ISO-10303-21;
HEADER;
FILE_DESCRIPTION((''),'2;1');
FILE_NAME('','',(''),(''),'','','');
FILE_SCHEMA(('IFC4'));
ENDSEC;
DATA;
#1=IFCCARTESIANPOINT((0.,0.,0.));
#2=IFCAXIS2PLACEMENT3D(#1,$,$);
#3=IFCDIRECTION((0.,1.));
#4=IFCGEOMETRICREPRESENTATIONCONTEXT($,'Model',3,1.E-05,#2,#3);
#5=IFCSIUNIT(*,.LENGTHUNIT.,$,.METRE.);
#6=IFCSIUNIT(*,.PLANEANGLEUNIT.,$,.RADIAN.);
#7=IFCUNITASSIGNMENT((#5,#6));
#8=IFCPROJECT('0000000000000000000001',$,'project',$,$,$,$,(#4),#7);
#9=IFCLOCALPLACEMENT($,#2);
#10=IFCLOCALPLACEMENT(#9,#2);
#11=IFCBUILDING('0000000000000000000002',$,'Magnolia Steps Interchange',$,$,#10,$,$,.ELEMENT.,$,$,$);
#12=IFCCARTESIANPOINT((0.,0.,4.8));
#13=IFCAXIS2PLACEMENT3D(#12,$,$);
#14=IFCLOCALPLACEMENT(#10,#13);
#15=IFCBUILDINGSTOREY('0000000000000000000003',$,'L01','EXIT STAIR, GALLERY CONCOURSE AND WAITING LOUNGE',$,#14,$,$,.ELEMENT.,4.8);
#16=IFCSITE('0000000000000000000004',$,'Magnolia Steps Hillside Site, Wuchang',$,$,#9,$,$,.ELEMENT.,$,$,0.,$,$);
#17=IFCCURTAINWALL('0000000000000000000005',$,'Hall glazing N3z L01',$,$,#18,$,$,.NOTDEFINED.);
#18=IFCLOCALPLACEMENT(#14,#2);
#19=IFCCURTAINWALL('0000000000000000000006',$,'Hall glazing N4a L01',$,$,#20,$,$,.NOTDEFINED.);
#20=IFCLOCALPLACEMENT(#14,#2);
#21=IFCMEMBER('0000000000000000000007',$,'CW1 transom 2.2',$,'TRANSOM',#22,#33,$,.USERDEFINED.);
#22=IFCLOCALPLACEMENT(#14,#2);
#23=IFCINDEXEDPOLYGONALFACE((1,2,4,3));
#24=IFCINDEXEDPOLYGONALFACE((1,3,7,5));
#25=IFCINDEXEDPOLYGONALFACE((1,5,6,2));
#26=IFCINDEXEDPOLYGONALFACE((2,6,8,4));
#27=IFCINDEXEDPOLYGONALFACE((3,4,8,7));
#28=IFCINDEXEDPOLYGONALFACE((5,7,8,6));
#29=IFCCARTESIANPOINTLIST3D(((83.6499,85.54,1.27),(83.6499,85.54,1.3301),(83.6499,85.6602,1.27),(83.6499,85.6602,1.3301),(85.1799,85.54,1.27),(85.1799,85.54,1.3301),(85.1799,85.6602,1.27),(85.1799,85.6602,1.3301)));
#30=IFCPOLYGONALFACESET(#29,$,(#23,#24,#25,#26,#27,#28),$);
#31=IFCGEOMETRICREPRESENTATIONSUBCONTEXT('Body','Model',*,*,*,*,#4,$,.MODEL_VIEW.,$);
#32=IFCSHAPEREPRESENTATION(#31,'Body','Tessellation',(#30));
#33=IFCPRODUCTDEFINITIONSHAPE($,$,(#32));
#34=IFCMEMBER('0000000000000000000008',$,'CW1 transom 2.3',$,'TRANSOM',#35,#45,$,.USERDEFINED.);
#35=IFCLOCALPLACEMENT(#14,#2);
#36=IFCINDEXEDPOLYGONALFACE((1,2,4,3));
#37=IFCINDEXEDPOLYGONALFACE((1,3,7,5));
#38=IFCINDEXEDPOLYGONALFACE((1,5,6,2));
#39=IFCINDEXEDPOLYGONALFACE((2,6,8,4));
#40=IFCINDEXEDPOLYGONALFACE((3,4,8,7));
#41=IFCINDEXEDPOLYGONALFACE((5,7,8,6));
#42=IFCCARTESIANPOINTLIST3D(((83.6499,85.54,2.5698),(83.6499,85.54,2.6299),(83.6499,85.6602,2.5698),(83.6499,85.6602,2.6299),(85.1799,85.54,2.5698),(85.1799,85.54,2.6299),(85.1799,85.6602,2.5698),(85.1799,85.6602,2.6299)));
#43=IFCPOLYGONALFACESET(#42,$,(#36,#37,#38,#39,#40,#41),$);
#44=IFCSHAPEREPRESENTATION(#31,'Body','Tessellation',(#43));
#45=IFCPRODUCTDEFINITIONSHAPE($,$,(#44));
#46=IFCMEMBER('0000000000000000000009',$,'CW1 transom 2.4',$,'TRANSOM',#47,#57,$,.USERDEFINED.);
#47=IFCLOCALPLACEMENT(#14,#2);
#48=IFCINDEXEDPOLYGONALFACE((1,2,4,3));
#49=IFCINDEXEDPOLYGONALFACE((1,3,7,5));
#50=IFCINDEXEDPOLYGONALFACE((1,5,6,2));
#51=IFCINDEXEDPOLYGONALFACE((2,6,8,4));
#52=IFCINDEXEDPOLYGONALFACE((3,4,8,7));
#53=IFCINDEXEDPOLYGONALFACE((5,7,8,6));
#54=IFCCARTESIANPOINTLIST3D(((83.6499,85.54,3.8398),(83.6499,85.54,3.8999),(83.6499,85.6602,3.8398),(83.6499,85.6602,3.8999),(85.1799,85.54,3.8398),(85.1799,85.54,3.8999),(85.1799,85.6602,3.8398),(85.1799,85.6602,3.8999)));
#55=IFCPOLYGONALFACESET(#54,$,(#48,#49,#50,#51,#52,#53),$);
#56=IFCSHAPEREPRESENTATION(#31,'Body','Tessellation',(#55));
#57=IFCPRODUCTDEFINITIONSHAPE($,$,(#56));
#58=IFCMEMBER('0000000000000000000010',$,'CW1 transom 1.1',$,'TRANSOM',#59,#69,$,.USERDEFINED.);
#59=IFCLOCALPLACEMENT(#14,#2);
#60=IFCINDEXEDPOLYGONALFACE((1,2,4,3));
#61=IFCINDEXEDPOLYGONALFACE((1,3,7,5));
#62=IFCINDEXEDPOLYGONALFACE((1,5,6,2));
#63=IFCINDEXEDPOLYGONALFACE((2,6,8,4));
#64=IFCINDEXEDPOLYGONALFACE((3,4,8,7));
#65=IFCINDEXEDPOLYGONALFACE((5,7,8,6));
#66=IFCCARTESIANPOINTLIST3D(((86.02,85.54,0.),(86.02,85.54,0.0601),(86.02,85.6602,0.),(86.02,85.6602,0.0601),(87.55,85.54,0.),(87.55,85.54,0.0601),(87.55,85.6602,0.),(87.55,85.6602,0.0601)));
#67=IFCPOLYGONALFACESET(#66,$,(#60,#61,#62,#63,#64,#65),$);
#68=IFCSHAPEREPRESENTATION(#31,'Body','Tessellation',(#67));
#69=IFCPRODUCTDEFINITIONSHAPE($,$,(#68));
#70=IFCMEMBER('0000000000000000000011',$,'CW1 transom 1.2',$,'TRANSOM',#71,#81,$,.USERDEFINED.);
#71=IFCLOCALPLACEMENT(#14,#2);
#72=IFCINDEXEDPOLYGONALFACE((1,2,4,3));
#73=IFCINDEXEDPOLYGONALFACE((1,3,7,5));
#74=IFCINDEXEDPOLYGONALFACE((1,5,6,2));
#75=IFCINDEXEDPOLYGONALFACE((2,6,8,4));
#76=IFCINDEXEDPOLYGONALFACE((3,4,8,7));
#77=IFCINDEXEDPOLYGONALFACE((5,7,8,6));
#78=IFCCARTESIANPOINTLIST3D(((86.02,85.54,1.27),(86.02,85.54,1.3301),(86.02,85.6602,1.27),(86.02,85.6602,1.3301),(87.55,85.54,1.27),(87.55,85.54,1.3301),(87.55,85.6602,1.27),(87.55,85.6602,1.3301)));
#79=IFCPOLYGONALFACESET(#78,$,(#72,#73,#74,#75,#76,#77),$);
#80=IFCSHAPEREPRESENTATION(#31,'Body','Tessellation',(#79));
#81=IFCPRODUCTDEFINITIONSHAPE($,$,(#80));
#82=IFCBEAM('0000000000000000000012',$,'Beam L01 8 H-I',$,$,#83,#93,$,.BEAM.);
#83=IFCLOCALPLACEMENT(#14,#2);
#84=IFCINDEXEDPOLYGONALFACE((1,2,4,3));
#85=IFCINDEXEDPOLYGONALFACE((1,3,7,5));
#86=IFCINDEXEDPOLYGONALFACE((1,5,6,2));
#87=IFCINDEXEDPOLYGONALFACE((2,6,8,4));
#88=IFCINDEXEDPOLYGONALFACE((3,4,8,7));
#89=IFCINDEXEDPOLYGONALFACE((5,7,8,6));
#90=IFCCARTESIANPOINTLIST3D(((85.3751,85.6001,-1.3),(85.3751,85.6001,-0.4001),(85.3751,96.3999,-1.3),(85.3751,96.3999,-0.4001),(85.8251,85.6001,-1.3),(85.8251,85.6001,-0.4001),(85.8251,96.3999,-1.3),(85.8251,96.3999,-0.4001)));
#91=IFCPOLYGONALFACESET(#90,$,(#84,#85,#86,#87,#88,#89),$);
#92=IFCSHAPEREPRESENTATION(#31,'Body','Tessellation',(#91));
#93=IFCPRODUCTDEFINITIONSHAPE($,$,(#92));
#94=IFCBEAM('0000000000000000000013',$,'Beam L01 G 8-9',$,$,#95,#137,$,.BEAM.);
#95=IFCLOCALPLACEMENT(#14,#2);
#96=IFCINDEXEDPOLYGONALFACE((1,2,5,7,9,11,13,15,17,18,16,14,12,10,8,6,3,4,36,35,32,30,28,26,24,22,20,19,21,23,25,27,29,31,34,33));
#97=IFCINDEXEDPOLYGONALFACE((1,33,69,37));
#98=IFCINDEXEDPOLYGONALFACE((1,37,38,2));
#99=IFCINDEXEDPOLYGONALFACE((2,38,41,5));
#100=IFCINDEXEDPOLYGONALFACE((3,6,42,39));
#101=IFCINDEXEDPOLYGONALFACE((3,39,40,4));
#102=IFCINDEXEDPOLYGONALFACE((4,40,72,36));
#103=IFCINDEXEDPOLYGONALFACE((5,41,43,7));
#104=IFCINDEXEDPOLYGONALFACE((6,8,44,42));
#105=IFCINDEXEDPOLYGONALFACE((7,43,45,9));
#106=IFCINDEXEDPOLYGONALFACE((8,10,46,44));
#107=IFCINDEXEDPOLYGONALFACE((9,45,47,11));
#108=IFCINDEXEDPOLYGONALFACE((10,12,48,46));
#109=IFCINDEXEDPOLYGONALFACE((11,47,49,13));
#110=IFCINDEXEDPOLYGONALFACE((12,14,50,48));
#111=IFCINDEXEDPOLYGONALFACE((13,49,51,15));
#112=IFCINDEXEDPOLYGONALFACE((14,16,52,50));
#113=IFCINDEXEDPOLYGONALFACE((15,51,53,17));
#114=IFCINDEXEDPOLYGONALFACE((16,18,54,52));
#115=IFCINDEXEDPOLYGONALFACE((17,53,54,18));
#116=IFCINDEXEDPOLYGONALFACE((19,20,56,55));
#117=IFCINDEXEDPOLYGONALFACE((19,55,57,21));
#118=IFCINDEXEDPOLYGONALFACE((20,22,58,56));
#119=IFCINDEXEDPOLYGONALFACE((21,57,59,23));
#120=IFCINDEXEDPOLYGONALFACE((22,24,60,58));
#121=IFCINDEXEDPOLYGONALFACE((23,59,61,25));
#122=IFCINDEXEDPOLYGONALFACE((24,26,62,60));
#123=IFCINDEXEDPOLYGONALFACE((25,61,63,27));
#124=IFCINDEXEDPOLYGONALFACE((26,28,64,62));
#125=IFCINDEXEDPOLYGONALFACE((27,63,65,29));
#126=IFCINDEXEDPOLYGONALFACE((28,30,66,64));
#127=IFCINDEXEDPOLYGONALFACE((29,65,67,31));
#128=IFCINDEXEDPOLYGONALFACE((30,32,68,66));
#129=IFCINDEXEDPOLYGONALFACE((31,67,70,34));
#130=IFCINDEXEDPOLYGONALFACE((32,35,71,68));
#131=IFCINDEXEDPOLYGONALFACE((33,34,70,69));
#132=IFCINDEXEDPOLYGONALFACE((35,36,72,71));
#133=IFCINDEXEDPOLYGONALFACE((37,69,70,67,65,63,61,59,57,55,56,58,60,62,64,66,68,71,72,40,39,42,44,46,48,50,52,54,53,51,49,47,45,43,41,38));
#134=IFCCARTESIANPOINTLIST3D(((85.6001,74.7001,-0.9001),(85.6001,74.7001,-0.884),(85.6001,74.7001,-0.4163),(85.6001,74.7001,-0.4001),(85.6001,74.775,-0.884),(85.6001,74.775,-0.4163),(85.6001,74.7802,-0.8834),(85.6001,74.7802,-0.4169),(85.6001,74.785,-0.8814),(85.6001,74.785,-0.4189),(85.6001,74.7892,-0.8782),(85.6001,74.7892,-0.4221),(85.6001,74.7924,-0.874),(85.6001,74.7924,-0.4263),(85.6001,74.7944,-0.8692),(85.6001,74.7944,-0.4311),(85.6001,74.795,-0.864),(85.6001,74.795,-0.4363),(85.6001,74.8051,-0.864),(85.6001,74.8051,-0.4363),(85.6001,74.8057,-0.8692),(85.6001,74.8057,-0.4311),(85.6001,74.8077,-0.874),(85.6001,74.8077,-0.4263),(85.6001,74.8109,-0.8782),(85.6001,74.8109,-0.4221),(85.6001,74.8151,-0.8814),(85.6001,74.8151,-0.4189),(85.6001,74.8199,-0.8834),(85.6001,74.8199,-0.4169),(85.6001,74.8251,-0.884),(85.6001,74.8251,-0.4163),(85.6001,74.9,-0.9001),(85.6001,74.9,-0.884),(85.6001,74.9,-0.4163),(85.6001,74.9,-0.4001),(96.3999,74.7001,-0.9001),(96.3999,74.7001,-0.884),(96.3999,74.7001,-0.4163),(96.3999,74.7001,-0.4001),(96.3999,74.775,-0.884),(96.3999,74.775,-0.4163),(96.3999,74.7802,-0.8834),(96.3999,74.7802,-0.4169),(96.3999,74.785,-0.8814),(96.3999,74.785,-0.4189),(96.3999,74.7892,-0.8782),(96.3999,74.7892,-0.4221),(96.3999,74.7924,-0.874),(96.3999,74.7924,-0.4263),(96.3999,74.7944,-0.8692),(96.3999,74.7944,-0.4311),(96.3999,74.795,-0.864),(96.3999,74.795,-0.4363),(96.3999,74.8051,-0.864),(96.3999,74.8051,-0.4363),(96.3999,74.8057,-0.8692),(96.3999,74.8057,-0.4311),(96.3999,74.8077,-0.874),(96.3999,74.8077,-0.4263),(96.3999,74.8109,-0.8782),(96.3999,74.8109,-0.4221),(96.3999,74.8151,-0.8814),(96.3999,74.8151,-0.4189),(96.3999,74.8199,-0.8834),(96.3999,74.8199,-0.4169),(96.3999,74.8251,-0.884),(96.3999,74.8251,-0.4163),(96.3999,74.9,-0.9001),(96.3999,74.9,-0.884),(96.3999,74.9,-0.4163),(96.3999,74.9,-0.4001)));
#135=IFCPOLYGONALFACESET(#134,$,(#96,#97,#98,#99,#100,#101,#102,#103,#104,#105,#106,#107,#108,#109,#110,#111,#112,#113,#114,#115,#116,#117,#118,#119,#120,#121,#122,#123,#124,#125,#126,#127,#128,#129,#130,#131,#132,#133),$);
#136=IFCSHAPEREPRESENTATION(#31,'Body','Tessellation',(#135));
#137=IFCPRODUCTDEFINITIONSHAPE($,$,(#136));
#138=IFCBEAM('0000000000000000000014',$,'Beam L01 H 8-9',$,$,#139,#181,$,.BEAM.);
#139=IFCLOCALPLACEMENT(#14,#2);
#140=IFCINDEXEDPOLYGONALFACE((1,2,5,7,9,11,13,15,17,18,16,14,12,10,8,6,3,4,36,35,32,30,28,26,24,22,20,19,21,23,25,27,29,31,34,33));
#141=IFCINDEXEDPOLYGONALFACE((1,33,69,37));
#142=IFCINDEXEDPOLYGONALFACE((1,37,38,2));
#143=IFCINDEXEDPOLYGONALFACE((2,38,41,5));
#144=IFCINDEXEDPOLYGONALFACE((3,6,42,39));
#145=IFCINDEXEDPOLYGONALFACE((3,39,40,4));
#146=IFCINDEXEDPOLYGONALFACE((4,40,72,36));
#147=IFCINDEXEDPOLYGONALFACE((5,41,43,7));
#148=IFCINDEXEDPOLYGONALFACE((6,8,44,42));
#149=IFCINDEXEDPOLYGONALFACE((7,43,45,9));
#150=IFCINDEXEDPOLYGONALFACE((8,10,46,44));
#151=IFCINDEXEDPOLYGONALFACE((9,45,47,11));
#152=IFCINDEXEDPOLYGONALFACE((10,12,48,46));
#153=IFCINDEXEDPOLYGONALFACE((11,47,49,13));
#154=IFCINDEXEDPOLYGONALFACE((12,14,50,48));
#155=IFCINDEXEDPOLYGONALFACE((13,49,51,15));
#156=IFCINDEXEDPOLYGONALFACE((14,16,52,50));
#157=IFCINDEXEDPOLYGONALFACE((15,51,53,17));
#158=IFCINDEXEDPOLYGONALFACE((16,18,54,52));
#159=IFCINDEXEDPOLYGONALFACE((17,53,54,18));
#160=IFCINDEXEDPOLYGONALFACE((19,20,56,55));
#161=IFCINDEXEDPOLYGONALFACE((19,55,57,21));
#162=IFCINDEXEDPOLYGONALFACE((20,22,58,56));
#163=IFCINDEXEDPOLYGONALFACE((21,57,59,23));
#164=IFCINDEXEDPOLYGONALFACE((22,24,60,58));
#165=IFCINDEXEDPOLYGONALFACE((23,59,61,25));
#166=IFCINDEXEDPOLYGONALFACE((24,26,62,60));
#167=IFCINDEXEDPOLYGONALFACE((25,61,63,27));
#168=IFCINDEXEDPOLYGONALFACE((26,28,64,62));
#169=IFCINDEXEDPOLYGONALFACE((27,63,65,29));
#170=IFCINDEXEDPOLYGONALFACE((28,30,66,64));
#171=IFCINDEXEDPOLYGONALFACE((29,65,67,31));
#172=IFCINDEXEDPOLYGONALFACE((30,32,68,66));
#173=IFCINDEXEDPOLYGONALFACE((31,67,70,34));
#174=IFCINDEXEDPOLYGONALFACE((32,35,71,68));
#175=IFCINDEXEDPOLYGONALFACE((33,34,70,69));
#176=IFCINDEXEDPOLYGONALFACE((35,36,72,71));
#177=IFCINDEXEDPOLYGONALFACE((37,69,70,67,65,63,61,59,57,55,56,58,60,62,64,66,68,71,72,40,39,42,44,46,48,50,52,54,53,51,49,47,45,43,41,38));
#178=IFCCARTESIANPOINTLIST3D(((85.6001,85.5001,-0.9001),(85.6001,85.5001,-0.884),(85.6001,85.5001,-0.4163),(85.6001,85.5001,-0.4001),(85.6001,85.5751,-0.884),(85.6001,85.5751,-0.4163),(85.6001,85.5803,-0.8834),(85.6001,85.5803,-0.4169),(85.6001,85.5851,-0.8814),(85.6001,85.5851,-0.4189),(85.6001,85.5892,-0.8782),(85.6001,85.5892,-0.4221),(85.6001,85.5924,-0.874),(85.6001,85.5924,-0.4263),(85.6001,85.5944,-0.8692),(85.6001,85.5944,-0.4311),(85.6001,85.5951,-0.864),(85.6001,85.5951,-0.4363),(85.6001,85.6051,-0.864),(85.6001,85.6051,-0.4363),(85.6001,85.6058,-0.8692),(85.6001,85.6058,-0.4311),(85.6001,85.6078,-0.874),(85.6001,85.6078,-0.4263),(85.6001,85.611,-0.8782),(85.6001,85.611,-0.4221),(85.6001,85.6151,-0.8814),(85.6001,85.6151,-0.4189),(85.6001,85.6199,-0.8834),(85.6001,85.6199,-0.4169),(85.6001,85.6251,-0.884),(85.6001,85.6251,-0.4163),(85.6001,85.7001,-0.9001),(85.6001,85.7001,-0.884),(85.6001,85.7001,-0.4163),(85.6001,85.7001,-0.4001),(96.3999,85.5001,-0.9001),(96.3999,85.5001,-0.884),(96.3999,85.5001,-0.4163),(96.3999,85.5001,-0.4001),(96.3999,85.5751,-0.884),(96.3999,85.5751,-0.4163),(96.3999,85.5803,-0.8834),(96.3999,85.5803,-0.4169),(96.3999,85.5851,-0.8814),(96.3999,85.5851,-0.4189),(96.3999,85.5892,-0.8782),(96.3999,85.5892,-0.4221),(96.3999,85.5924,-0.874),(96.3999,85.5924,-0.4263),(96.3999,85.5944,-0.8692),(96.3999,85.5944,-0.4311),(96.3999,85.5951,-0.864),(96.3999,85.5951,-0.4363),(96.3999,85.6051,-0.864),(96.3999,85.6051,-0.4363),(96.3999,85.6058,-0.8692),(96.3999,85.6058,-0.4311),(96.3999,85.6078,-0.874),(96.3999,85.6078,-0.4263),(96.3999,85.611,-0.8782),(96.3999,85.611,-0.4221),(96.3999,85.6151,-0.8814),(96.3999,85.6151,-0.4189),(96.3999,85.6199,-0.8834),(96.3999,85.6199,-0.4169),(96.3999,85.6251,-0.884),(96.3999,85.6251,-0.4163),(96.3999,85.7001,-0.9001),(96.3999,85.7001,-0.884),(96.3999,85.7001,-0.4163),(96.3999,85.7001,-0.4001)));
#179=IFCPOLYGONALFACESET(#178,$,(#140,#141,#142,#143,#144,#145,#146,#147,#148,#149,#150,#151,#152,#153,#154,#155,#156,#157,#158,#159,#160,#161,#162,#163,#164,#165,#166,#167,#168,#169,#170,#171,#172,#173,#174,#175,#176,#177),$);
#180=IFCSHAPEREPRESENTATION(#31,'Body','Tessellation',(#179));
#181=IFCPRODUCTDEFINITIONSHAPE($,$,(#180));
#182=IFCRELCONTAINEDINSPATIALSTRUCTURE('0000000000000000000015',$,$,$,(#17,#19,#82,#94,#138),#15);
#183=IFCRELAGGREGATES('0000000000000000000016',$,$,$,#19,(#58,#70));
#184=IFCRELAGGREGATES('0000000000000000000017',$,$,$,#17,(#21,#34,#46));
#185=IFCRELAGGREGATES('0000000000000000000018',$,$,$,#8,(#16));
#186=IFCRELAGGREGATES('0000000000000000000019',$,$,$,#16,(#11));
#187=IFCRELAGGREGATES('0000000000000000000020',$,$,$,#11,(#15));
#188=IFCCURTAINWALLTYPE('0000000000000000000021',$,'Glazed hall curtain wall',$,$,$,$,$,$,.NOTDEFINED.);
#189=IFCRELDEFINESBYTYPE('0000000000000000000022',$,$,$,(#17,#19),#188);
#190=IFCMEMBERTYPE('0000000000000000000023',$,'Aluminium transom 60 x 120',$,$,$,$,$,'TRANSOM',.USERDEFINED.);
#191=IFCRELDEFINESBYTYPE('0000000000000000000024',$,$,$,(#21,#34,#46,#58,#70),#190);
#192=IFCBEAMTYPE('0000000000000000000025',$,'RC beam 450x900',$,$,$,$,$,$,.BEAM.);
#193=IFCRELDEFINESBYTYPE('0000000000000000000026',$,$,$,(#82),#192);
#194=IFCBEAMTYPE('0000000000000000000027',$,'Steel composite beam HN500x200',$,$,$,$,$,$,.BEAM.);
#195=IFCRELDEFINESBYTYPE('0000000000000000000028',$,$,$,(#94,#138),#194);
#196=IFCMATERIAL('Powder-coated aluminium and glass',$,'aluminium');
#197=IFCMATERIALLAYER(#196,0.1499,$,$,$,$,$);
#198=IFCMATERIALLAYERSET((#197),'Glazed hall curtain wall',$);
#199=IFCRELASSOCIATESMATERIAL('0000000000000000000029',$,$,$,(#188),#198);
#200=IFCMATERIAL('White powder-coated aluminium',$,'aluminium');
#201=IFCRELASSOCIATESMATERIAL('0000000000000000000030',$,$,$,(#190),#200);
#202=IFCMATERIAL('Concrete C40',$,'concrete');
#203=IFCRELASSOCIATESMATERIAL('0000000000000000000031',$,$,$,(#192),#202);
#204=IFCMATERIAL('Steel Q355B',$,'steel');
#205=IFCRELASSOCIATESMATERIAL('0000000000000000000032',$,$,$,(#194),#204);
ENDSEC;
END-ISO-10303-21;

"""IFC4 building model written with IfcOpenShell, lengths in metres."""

from ifc_helpers import new_model, si_unit, direction, frame, origin, origin_2d, place, context, subcontext, project, spatial, rectangle, i_section, extrude, material, layer, layer_set, material_profile, profile_set, type_object, element, aggregate, save


model = new_model("IFC4")

# Units and contexts
model_context = context("Model", 3, precision=1e-05, world=origin(), true_north=direction((0.0, 1.0)))
body_context = subcontext(model_context, "Body", "Model", "MODEL_VIEW")
ifc_project = project(units=[si_unit("LENGTHUNIT", "METRE"), si_unit("PLANEANGLEUNIT", "RADIAN")], contexts=[model_context])

# Site, building, storey
site_placement = place(None, origin())
site = spatial("IfcSite", under=ifc_project, at=site_placement, Name="Magnolia Steps Hillside Site, Wuchang", CompositionType="ELEMENT", RefElevation=0.0)
building_placement = place(site_placement, origin())
building = spatial("IfcBuilding", under=site, at=building_placement, Name="Magnolia Steps Interchange", CompositionType="ELEMENT")
storey_placement = place(building_placement, frame((0.0, 0.0, 4.8)))
storey = spatial("IfcBuildingStorey", under=building, at=storey_placement, Name="L01", Description="EXIT STAIR, GALLERY CONCOURSE AND WAITING LOUNGE", CompositionType="ELEMENT", Elevation=4.8)

# Curtain wall
ifc_material_1 = material(Name="Powder-coated aluminium and glass", Category="aluminium")
ifc_layer_1 = layer(ifc_material_1, 0.1499)
ifc_layer_set_1 = layer_set([ifc_layer_1], Name="Glazed hall curtain wall")
curtain_wall_type = type_object("IfcCurtainWallType", Name="Glazed hall curtain wall", PredefinedType="NOTDEFINED", material=ifc_layer_set_1)
curtain_wall_1_placement = place(storey_placement, origin())
curtain_wall_1 = element("IfcCurtainWall", 1, at=curtain_wall_1_placement, inside=storey, type_object=curtain_wall_type, Name="Hall glazing N3z L01", PredefinedType="NOTDEFINED")

# Curtain wall
curtain_wall_2_placement = place(storey_placement, origin())
curtain_wall_2 = element("IfcCurtainWall", 2, at=curtain_wall_2_placement, inside=storey, type_object=curtain_wall_type, Name="Hall glazing N4a L01", PredefinedType="NOTDEFINED")

# Members
ifc_material_2 = material(Name="White powder-coated aluminium", Category="aluminium")
ifc_material_profile_1 = material_profile(ifc_material_2, rectangle(XDim=0.0601, YDim=0.1201, at=origin_2d()), Name="Aluminium transom 60 x 120")
ifc_profile_set_1 = profile_set([ifc_material_profile_1], Name="White powder-coated aluminium")
member_type_1 = type_object("IfcMemberType", Name="Aluminium transom 60 x 120", ElementType="TRANSOM", PredefinedType="USERDEFINED", material=ifc_profile_set_1)
member_1_placement = place(storey_placement, frame((83.6499, 85.6001, 1.3), z_axis=(1.0, 0.0, 0.0), x_axis=(0.0, 0.0, 1.0)))
member_1 = element("IfcMember", 3, at=member_1_placement, type_object=member_type_1, Name="CW1 transom 2.2", ObjectType="TRANSOM", PredefinedType="USERDEFINED", context=body_context, shape_type="SweptSolid", body=[
    extrude(rectangle(XDim=0.0601, YDim=0.1201, at=origin_2d()), origin(), (0.0, 0.0, 1.0), 1.53),
])
member_2_placement = place(storey_placement, frame((83.6499, 85.6001, 2.5999), z_axis=(1.0, 0.0, 0.0), x_axis=(0.0, 0.0, 1.0)))
member_2 = element("IfcMember", 4, at=member_2_placement, type_object=member_type_1, Name="CW1 transom 2.3", ObjectType="TRANSOM", PredefinedType="USERDEFINED", context=body_context, shape_type="SweptSolid", body=[
    extrude(rectangle(XDim=0.0601, YDim=0.1201, at=origin_2d()), origin(), (0.0, 0.0, 1.0), 1.53),
])
member_3_placement = place(storey_placement, frame((83.6499, 85.6001, 3.8699), z_axis=(1.0, 0.0, 0.0), x_axis=(0.0, 0.0, 1.0)))
member_3 = element("IfcMember", 5, at=member_3_placement, type_object=member_type_1, Name="CW1 transom 2.4", ObjectType="TRANSOM", PredefinedType="USERDEFINED", context=body_context, shape_type="SweptSolid", body=[
    extrude(rectangle(XDim=0.0601, YDim=0.1201, at=origin_2d()), origin(), (0.0, 0.0, 1.0), 1.53),
])
member_4_placement = place(storey_placement, frame((86.02, 85.6001, 0.03), z_axis=(1.0, 0.0, 0.0), x_axis=(0.0, 0.0, 1.0)))
member_4 = element("IfcMember", 6, at=member_4_placement, type_object=member_type_1, Name="CW1 transom 1.1", ObjectType="TRANSOM", PredefinedType="USERDEFINED", context=body_context, shape_type="SweptSolid", body=[
    extrude(rectangle(XDim=0.0601, YDim=0.1201, at=origin_2d()), origin(), (0.0, 0.0, 1.0), 1.53),
])
member_5_placement = place(storey_placement, frame((86.02, 85.6001, 1.3), z_axis=(1.0, 0.0, 0.0), x_axis=(0.0, 0.0, 1.0)))
member_5 = element("IfcMember", 7, at=member_5_placement, type_object=member_type_1, Name="CW1 transom 1.2", ObjectType="TRANSOM", PredefinedType="USERDEFINED", context=body_context, shape_type="SweptSolid", body=[
    extrude(rectangle(XDim=0.0601, YDim=0.1201, at=origin_2d()), origin(), (0.0, 0.0, 1.0), 1.53),
])
aggregate(curtain_wall_2, [member_4, member_5])

# Beams
ifc_material_3 = material(Name="Concrete C40", Category="concrete")
ifc_material_profile_2 = material_profile(ifc_material_3, rectangle(XDim=0.45, YDim=0.8999, at=origin_2d()), Name="RC450x900")
ifc_profile_set_2 = profile_set([ifc_material_profile_2], Name="Concrete C40")
beam_type_1 = type_object("IfcBeamType", Name="RC beam 450x900", PredefinedType="BEAM", material=ifc_profile_set_2)
beam_1_placement = place(storey_placement, frame((85.6001, 85.6001, -0.8501), z_axis=(0.0, 1.0, 0.0), x_axis=(-1.0, 0.0, 0.0)))
element("IfcBeam", 8, at=beam_1_placement, inside=storey, type_object=beam_type_1, Name="Beam L01 8 H-I", PredefinedType="BEAM", context=body_context, shape_type="SweptSolid", body=[
    extrude(rectangle(XDim=0.45, YDim=0.8999, at=origin_2d()), origin(), (0.0, 0.0, 1.0), 10.7998),
])
ifc_material_4 = material(Name="Steel Q355B", Category="steel")
ifc_material_profile_3 = material_profile(ifc_material_4, i_section(OverallWidth=0.2, OverallDepth=0.5, WebThickness=0.01, FlangeThickness=0.0161, FilletRadius=0.02, at=origin_2d()), Name="HN500x200")
ifc_profile_set_3 = profile_set([ifc_material_profile_3], Name="Steel Q355B")
beam_type_2 = type_object("IfcBeamType", Name="Steel composite beam HN500x200", PredefinedType="BEAM", material=ifc_profile_set_3)
for number, where, z_axis, x_axis, name in (
    (9, (85.6001, 74.8, -0.6501), (1.0, 0.0, 0.0), (0.0, 1.0, 0.0), "Beam L01 G 8-9"),
    (10, (85.6001, 85.6001, -0.6501), (1.0, 0.0, 0.0), (0.0, 1.0, 0.0), "Beam L01 H 8-9"),
):
    element("IfcBeam", number, at=place(storey_placement, frame(where, z_axis=z_axis, x_axis=x_axis)), inside=storey, type_object=beam_type_2, Name=name, PredefinedType="BEAM", context=body_context, shape_type="SweptSolid", body=[
        extrude(i_section(OverallWidth=0.2, OverallDepth=0.5, WebThickness=0.01, FlangeThickness=0.0161, FilletRadius=0.02, at=origin_2d()), origin(), (0.0, 0.0, 1.0), 10.7998),
    ])

aggregate(curtain_wall_1, [member_1, member_2, member_3])

save(model, "model.ifc")
